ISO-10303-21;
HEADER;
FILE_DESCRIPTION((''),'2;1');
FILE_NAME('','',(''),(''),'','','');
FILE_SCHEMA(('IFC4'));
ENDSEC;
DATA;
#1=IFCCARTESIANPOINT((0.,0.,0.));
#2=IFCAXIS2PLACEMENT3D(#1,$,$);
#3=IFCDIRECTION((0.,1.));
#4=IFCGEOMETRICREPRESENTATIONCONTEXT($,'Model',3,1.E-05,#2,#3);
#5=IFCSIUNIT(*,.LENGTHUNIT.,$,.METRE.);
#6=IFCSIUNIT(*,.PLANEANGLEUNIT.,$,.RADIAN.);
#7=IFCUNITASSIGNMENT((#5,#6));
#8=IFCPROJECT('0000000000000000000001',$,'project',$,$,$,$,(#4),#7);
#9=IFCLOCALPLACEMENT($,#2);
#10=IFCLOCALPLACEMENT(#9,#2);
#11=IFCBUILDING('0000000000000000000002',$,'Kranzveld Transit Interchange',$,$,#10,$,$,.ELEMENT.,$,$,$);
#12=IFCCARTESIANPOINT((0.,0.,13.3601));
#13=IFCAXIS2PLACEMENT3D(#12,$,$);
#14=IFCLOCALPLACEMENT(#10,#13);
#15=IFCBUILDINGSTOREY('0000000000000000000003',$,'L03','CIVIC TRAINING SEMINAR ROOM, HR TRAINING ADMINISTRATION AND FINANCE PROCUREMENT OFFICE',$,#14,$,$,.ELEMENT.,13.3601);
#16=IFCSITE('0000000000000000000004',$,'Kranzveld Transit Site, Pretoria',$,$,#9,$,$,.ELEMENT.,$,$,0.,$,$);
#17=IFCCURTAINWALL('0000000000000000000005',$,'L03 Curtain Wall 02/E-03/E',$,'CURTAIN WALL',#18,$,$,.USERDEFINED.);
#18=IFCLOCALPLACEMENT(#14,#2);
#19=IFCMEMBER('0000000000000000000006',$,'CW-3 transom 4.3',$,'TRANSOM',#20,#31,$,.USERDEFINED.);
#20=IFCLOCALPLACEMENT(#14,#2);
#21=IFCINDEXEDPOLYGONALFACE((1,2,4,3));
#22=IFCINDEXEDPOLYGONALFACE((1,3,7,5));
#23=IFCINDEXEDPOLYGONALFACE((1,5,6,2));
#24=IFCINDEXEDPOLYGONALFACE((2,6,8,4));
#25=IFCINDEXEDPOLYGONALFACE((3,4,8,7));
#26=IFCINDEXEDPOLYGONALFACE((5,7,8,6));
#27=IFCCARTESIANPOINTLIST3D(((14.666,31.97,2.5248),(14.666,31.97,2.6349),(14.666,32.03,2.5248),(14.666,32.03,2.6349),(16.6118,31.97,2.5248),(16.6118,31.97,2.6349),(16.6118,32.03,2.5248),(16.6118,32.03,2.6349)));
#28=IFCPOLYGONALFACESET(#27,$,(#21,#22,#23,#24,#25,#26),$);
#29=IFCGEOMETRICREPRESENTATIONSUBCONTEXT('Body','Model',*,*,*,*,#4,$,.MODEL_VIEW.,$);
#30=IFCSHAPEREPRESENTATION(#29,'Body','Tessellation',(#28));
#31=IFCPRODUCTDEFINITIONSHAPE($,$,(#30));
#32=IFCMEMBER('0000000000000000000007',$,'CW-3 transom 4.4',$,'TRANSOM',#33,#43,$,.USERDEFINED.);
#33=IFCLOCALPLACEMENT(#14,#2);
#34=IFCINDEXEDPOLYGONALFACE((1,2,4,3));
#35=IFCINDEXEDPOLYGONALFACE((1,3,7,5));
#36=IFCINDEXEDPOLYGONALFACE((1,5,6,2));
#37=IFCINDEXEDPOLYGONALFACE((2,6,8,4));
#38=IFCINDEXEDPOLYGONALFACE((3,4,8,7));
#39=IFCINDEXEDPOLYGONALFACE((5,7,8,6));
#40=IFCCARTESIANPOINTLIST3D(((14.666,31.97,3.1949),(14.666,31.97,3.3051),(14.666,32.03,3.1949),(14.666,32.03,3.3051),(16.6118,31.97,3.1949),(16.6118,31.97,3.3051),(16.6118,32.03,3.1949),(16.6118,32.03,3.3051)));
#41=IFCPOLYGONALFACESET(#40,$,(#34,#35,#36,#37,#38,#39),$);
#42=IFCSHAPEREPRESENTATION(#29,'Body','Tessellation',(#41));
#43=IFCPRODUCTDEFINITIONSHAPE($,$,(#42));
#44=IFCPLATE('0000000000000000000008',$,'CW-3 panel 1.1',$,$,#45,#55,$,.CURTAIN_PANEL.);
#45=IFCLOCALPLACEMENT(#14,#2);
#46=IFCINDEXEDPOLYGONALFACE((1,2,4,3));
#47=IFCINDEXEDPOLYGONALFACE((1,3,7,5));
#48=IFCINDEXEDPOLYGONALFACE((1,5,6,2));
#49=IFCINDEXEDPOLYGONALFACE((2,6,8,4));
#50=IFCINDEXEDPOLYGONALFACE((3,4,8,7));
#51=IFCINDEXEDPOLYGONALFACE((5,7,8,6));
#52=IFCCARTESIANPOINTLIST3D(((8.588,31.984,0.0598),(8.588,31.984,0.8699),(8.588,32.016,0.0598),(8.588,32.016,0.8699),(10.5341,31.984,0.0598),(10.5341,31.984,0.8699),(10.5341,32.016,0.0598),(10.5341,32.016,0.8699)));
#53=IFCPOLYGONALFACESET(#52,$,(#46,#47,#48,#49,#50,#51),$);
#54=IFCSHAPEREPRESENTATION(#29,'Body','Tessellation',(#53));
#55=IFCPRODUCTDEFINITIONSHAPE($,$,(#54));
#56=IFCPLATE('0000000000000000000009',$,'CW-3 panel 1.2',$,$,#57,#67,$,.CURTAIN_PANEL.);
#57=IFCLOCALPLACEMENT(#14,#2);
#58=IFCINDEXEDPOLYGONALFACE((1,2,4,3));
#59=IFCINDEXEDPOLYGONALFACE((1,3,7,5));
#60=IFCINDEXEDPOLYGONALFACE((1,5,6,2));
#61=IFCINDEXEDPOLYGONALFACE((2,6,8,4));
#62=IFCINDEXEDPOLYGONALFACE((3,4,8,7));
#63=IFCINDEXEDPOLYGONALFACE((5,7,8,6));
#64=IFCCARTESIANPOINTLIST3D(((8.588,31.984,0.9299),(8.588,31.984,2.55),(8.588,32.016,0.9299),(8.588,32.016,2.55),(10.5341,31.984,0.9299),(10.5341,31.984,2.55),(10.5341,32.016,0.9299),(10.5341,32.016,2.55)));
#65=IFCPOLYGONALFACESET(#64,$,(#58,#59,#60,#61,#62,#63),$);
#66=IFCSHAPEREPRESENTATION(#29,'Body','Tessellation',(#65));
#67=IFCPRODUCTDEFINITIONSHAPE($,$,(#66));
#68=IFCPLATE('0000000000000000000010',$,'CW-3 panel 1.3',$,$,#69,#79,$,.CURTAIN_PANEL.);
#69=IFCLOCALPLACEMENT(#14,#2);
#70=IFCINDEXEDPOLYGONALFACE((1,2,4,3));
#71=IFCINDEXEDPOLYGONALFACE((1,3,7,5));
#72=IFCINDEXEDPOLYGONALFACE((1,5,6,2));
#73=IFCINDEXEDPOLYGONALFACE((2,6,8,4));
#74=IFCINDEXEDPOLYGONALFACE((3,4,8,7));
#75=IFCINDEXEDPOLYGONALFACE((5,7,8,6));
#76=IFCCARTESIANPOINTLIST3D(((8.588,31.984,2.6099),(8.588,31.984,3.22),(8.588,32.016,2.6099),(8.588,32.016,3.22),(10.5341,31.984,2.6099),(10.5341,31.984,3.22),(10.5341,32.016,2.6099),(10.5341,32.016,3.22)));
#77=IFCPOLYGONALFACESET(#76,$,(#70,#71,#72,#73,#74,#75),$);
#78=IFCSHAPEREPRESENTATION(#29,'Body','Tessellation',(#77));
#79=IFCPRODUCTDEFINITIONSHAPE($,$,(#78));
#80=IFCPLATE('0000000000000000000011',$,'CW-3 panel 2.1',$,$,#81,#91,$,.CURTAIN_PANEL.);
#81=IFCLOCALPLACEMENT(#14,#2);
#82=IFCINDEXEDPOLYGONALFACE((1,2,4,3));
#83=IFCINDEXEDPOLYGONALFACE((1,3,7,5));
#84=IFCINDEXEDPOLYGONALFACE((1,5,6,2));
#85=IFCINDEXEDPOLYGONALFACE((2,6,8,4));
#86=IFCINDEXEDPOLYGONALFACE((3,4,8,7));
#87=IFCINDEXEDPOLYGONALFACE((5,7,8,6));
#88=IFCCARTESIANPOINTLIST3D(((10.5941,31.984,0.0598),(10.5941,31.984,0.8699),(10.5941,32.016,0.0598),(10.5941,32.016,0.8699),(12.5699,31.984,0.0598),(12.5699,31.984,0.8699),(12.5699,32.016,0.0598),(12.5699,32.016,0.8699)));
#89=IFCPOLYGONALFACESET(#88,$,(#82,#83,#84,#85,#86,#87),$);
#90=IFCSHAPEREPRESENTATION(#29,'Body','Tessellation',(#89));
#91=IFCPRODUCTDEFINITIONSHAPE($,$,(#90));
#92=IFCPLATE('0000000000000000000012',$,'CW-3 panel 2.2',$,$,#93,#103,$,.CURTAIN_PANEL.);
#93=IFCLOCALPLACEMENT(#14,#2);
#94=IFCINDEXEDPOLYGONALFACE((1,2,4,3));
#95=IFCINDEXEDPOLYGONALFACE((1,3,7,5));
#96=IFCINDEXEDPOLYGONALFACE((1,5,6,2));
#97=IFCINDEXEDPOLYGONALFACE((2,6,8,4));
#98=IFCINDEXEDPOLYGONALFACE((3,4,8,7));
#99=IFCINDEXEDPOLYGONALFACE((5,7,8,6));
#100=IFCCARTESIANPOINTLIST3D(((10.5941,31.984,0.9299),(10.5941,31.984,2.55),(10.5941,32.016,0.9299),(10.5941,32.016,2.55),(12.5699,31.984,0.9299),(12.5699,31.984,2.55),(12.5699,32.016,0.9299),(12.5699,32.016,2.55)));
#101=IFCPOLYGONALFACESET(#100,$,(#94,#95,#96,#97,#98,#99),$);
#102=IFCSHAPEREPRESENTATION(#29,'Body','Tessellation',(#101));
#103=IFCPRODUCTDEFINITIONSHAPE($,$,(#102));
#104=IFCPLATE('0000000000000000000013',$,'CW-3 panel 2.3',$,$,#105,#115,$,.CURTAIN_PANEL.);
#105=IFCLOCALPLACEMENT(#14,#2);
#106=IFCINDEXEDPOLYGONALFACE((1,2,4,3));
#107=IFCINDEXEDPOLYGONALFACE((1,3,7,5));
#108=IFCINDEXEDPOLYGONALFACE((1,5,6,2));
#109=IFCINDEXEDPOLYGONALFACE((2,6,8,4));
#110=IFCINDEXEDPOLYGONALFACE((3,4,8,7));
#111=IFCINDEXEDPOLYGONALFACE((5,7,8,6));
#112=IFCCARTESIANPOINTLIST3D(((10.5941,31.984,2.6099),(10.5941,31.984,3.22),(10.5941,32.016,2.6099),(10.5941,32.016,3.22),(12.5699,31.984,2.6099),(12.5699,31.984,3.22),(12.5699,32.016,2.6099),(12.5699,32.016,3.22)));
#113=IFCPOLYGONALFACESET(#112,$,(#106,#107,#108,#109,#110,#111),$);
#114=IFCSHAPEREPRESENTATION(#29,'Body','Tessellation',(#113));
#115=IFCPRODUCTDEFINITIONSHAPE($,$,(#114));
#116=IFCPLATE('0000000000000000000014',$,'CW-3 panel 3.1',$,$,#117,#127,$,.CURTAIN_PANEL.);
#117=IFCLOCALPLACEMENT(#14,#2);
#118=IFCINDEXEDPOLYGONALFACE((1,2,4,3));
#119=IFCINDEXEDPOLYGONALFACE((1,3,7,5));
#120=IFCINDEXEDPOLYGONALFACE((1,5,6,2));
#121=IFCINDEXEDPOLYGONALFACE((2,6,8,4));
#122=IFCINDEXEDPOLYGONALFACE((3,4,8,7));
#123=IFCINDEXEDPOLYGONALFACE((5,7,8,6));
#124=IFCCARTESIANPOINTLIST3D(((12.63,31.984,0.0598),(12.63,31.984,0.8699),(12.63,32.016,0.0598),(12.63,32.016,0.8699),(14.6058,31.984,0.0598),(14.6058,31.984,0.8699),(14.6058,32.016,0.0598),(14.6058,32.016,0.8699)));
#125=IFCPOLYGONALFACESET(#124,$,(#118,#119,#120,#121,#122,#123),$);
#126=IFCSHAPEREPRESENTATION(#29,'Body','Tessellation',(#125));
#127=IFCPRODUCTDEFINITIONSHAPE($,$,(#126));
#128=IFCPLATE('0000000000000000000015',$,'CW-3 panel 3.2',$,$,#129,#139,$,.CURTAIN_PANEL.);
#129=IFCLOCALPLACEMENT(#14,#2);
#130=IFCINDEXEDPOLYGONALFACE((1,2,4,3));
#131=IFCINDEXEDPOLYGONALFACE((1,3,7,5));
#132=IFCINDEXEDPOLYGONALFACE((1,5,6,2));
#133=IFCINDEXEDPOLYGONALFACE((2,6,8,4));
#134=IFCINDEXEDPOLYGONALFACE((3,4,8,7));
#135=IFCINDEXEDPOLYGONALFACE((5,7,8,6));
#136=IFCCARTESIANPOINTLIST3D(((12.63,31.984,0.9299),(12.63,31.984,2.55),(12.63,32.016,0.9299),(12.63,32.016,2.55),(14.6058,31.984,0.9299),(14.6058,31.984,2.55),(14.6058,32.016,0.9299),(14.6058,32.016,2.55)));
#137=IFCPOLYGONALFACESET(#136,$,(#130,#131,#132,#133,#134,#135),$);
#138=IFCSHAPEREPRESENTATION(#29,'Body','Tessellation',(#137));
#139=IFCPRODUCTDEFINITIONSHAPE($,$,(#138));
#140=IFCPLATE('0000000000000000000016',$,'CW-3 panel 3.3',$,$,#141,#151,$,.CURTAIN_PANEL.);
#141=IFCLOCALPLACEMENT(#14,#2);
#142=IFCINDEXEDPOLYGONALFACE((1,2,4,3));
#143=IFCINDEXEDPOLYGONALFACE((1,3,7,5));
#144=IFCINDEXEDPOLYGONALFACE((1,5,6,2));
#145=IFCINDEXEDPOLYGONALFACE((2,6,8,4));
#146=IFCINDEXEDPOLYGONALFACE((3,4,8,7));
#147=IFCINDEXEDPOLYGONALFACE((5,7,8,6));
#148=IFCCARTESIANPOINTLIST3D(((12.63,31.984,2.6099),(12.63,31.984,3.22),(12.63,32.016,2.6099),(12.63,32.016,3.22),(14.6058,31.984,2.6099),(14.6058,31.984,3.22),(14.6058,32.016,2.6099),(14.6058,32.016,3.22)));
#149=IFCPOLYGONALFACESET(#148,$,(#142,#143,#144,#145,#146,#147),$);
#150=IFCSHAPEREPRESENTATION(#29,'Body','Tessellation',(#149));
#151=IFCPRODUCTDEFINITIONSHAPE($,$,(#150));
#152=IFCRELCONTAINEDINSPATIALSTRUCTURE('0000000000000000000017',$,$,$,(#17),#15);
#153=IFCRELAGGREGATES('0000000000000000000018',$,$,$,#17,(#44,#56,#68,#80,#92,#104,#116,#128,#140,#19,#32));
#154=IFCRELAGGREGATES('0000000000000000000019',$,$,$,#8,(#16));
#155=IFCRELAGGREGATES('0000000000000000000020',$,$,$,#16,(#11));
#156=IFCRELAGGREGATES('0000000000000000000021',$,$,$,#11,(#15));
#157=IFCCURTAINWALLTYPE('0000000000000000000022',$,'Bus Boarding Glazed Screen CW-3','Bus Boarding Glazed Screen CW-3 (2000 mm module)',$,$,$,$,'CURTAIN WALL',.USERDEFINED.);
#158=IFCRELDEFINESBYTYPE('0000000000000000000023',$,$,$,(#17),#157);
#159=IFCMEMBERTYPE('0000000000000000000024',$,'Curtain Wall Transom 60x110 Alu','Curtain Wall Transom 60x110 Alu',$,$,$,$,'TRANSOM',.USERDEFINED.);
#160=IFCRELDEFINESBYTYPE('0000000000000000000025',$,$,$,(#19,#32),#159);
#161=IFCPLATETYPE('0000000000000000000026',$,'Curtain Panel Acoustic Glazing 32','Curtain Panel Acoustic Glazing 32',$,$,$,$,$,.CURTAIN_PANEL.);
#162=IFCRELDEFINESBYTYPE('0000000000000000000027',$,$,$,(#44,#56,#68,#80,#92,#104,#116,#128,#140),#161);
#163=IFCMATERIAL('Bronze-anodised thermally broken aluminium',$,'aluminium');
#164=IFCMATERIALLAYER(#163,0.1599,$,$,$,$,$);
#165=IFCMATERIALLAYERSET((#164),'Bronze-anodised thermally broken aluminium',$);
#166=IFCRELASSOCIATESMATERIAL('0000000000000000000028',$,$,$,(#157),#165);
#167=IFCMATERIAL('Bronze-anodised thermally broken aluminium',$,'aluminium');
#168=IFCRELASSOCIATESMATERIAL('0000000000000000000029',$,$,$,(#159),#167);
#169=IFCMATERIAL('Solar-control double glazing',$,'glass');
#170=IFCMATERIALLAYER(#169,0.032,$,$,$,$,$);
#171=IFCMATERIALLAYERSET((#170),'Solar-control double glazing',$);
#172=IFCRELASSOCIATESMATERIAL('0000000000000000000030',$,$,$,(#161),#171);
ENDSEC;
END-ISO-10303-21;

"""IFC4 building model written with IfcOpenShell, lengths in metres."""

from ifc_helpers import new_model, si_unit, direction, frame, origin, origin_2d, place, context, subcontext, project, spatial, rectangle, extrude, material, layer, layer_set, material_profile, profile_set, type_object, element, aggregate, save


model = new_model("IFC4")

# Units and contexts
model_context = context("Model", 3, precision=1e-05, world=origin(), true_north=direction((0.0, 1.0)))
body_context = subcontext(model_context, "Body", "Model", "MODEL_VIEW")
ifc_project = project(units=[si_unit("LENGTHUNIT", "METRE"), si_unit("PLANEANGLEUNIT", "RADIAN")], contexts=[model_context])

# Site, building, storey
site_placement = place(None, origin())
site = spatial("IfcSite", under=ifc_project, at=site_placement, Name="Kranzveld Transit Site, Pretoria", CompositionType="ELEMENT", RefElevation=0.0)
building_placement = place(site_placement, origin())
building = spatial("IfcBuilding", under=site, at=building_placement, Name="Kranzveld Transit Interchange", CompositionType="ELEMENT")
storey_placement = place(building_placement, frame((0.0, 0.0, 13.3601)))
storey = spatial("IfcBuildingStorey", under=building, at=storey_placement, Name="L03", Description="CIVIC TRAINING SEMINAR ROOM, HR TRAINING ADMINISTRATION AND FINANCE PROCUREMENT OFFICE", CompositionType="ELEMENT", Elevation=13.3601)

# Curtain wall, members, plates
ifc_material_1 = material(Name="Bronze-anodised thermally broken aluminium", Category="aluminium")
ifc_layer_1 = layer(ifc_material_1, 0.1599)
ifc_layer_set_1 = layer_set([ifc_layer_1], Name="Bronze-anodised thermally broken aluminium")
curtain_wall_type = type_object("IfcCurtainWallType", Name="Bus Boarding Glazed Screen CW-3", Description="Bus Boarding Glazed Screen CW-3 (2000 mm module)", ElementType="CURTAIN WALL", PredefinedType="USERDEFINED", material=ifc_layer_set_1)
curtain_wall_placement = place(storey_placement, origin())
curtain_wall = element("IfcCurtainWall", 1, at=curtain_wall_placement, inside=storey, type_object=curtain_wall_type, Name="L03 Curtain Wall 02/E-03/E", ObjectType="CURTAIN WALL", PredefinedType="USERDEFINED")
ifc_material_2 = material(Name="Bronze-anodised thermally broken aluminium", Category="aluminium")
ifc_material_profile_1 = material_profile(ifc_material_2, rectangle(XDim=0.0601, YDim=0.1101, at=origin_2d()), Name="ALU TRANSOM 60x110")
ifc_profile_set_1 = profile_set([ifc_material_profile_1], Name="Bronze-anodised thermally broken aluminium")
member_type_1 = type_object("IfcMemberType", Name="Curtain Wall Transom 60x110 Alu", Description="Curtain Wall Transom 60x110 Alu", ElementType="TRANSOM", PredefinedType="USERDEFINED", material=ifc_profile_set_1)
member_1_placement = place(storey_placement, frame((14.666, 32.0, 2.5798), z_axis=(1.0, 0.0, 0.0), x_axis=(0.0, 1.0, 0.0)))
member_1 = element("IfcMember", 2, at=member_1_placement, type_object=member_type_1, Name="CW-3 transom 4.3", ObjectType="TRANSOM", PredefinedType="USERDEFINED", context=body_context, shape_type="SweptSolid", body=[
    extrude(rectangle(XDim=0.0601, YDim=0.1101, at=origin_2d()), origin(), (0.0, 0.0, 1.0), 1.9458),
])
member_2_placement = place(storey_placement, frame((14.666, 32.0, 3.25), z_axis=(1.0, 0.0, 0.0), x_axis=(0.0, 1.0, 0.0)))
member_2 = element("IfcMember", 3, at=member_2_placement, type_object=member_type_1, Name="CW-3 transom 4.4", ObjectType="TRANSOM", PredefinedType="USERDEFINED", context=body_context, shape_type="SweptSolid", body=[
    extrude(rectangle(XDim=0.0601, YDim=0.1101, at=origin_2d()), origin(), (0.0, 0.0, 1.0), 1.9458),
])
ifc_material_3 = material(Name="Solar-control double glazing", Category="glass")
ifc_layer_2 = layer(ifc_material_3, 0.032)
ifc_layer_set_2 = layer_set([ifc_layer_2], Name="Solar-control double glazing")
plate_type = type_object("IfcPlateType", Name="Curtain Panel Acoustic Glazing 32", Description="Curtain Panel Acoustic Glazing 32", PredefinedType="CURTAIN_PANEL", material=ifc_layer_set_2)
plate_1_placement = place(storey_placement, frame((9.561, 32.0, 0.0598), z_axis=(0.0, 0.0, 1.0), x_axis=(1.0, 0.0, 0.0)))
plate_1 = element("IfcPlate", 4, at=plate_1_placement, type_object=plate_type, Name="CW-3 panel 1.1", PredefinedType="CURTAIN_PANEL", context=body_context, shape_type="SweptSolid", body=[
    extrude(rectangle(XDim=1.946, YDim=0.032, at=origin_2d()), origin(), (0.0, 0.0, 1.0), 0.8101),
])
plate_2_placement = place(storey_placement, frame((9.561, 32.0, 0.9299), z_axis=(0.0, 0.0, 1.0), x_axis=(1.0, 0.0, 0.0)))
plate_2 = element("IfcPlate", 5, at=plate_2_placement, type_object=plate_type, Name="CW-3 panel 1.2", PredefinedType="CURTAIN_PANEL", context=body_context, shape_type="SweptSolid", body=[
    extrude(rectangle(XDim=1.946, YDim=0.032, at=origin_2d()), origin(), (0.0, 0.0, 1.0), 1.6201),
])
plate_3_placement = place(storey_placement, frame((9.561, 32.0, 2.6099), z_axis=(0.0, 0.0, 1.0), x_axis=(1.0, 0.0, 0.0)))
plate_3 = element("IfcPlate", 6, at=plate_3_placement, type_object=plate_type, Name="CW-3 panel 1.3", PredefinedType="CURTAIN_PANEL", context=body_context, shape_type="SweptSolid", body=[
    extrude(rectangle(XDim=1.946, YDim=0.032, at=origin_2d()), origin(), (0.0, 0.0, 1.0), 0.6101),
])
plate_4_placement = place(storey_placement, frame((11.582, 32.0, 0.0598), z_axis=(0.0, 0.0, 1.0), x_axis=(1.0, 0.0, 0.0)))
plate_4 = element("IfcPlate", 7, at=plate_4_placement, type_object=plate_type, Name="CW-3 panel 2.1", PredefinedType="CURTAIN_PANEL", context=body_context, shape_type="SweptSolid", body=[
    extrude(rectangle(XDim=1.9758, YDim=0.032, at=origin_2d()), origin(), (0.0, 0.0, 1.0), 0.8101),
])
plate_5_placement = place(storey_placement, frame((11.582, 32.0, 0.9299), z_axis=(0.0, 0.0, 1.0), x_axis=(1.0, 0.0, 0.0)))
plate_5 = element("IfcPlate", 8, at=plate_5_placement, type_object=plate_type, Name="CW-3 panel 2.2", PredefinedType="CURTAIN_PANEL", context=body_context, shape_type="SweptSolid", body=[
    extrude(rectangle(XDim=1.9758, YDim=0.032, at=origin_2d()), origin(), (0.0, 0.0, 1.0), 1.6201),
])
plate_6_placement = place(storey_placement, frame((11.582, 32.0, 2.6099), z_axis=(0.0, 0.0, 1.0), x_axis=(1.0, 0.0, 0.0)))
plate_6 = element("IfcPlate", 9, at=plate_6_placement, type_object=plate_type, Name="CW-3 panel 2.3", PredefinedType="CURTAIN_PANEL", context=body_context, shape_type="SweptSolid", body=[
    extrude(rectangle(XDim=1.9758, YDim=0.032, at=origin_2d()), origin(), (0.0, 0.0, 1.0), 0.6101),
])
plate_7_placement = place(storey_placement, frame((13.6179, 32.0, 0.0598), z_axis=(0.0, 0.0, 1.0), x_axis=(1.0, 0.0, 0.0)))
plate_7 = element("IfcPlate", 10, at=plate_7_placement, type_object=plate_type, Name="CW-3 panel 3.1", PredefinedType="CURTAIN_PANEL", context=body_context, shape_type="SweptSolid", body=[
    extrude(rectangle(XDim=1.9758, YDim=0.032, at=origin_2d()), origin(), (0.0, 0.0, 1.0), 0.8101),
])
plate_8_placement = place(storey_placement, frame((13.6179, 32.0, 0.9299), z_axis=(0.0, 0.0, 1.0), x_axis=(1.0, 0.0, 0.0)))
plate_8 = element("IfcPlate", 11, at=plate_8_placement, type_object=plate_type, Name="CW-3 panel 3.2", PredefinedType="CURTAIN_PANEL", context=body_context, shape_type="SweptSolid", body=[
    extrude(rectangle(XDim=1.9758, YDim=0.032, at=origin_2d()), origin(), (0.0, 0.0, 1.0), 1.6201),
])
plate_9_placement = place(storey_placement, frame((13.6179, 32.0, 2.6099), z_axis=(0.0, 0.0, 1.0), x_axis=(1.0, 0.0, 0.0)))
plate_9 = element("IfcPlate", 12, at=plate_9_placement, type_object=plate_type, Name="CW-3 panel 3.3", PredefinedType="CURTAIN_PANEL", context=body_context, shape_type="SweptSolid", body=[
    extrude(rectangle(XDim=1.9758, YDim=0.032, at=origin_2d()), origin(), (0.0, 0.0, 1.0), 0.6101),
])
aggregate(curtain_wall, [plate_1, plate_2, plate_3, plate_4, plate_5, plate_6, plate_7, plate_8, plate_9, member_1, member_2])

save(model, "model.ifc")
